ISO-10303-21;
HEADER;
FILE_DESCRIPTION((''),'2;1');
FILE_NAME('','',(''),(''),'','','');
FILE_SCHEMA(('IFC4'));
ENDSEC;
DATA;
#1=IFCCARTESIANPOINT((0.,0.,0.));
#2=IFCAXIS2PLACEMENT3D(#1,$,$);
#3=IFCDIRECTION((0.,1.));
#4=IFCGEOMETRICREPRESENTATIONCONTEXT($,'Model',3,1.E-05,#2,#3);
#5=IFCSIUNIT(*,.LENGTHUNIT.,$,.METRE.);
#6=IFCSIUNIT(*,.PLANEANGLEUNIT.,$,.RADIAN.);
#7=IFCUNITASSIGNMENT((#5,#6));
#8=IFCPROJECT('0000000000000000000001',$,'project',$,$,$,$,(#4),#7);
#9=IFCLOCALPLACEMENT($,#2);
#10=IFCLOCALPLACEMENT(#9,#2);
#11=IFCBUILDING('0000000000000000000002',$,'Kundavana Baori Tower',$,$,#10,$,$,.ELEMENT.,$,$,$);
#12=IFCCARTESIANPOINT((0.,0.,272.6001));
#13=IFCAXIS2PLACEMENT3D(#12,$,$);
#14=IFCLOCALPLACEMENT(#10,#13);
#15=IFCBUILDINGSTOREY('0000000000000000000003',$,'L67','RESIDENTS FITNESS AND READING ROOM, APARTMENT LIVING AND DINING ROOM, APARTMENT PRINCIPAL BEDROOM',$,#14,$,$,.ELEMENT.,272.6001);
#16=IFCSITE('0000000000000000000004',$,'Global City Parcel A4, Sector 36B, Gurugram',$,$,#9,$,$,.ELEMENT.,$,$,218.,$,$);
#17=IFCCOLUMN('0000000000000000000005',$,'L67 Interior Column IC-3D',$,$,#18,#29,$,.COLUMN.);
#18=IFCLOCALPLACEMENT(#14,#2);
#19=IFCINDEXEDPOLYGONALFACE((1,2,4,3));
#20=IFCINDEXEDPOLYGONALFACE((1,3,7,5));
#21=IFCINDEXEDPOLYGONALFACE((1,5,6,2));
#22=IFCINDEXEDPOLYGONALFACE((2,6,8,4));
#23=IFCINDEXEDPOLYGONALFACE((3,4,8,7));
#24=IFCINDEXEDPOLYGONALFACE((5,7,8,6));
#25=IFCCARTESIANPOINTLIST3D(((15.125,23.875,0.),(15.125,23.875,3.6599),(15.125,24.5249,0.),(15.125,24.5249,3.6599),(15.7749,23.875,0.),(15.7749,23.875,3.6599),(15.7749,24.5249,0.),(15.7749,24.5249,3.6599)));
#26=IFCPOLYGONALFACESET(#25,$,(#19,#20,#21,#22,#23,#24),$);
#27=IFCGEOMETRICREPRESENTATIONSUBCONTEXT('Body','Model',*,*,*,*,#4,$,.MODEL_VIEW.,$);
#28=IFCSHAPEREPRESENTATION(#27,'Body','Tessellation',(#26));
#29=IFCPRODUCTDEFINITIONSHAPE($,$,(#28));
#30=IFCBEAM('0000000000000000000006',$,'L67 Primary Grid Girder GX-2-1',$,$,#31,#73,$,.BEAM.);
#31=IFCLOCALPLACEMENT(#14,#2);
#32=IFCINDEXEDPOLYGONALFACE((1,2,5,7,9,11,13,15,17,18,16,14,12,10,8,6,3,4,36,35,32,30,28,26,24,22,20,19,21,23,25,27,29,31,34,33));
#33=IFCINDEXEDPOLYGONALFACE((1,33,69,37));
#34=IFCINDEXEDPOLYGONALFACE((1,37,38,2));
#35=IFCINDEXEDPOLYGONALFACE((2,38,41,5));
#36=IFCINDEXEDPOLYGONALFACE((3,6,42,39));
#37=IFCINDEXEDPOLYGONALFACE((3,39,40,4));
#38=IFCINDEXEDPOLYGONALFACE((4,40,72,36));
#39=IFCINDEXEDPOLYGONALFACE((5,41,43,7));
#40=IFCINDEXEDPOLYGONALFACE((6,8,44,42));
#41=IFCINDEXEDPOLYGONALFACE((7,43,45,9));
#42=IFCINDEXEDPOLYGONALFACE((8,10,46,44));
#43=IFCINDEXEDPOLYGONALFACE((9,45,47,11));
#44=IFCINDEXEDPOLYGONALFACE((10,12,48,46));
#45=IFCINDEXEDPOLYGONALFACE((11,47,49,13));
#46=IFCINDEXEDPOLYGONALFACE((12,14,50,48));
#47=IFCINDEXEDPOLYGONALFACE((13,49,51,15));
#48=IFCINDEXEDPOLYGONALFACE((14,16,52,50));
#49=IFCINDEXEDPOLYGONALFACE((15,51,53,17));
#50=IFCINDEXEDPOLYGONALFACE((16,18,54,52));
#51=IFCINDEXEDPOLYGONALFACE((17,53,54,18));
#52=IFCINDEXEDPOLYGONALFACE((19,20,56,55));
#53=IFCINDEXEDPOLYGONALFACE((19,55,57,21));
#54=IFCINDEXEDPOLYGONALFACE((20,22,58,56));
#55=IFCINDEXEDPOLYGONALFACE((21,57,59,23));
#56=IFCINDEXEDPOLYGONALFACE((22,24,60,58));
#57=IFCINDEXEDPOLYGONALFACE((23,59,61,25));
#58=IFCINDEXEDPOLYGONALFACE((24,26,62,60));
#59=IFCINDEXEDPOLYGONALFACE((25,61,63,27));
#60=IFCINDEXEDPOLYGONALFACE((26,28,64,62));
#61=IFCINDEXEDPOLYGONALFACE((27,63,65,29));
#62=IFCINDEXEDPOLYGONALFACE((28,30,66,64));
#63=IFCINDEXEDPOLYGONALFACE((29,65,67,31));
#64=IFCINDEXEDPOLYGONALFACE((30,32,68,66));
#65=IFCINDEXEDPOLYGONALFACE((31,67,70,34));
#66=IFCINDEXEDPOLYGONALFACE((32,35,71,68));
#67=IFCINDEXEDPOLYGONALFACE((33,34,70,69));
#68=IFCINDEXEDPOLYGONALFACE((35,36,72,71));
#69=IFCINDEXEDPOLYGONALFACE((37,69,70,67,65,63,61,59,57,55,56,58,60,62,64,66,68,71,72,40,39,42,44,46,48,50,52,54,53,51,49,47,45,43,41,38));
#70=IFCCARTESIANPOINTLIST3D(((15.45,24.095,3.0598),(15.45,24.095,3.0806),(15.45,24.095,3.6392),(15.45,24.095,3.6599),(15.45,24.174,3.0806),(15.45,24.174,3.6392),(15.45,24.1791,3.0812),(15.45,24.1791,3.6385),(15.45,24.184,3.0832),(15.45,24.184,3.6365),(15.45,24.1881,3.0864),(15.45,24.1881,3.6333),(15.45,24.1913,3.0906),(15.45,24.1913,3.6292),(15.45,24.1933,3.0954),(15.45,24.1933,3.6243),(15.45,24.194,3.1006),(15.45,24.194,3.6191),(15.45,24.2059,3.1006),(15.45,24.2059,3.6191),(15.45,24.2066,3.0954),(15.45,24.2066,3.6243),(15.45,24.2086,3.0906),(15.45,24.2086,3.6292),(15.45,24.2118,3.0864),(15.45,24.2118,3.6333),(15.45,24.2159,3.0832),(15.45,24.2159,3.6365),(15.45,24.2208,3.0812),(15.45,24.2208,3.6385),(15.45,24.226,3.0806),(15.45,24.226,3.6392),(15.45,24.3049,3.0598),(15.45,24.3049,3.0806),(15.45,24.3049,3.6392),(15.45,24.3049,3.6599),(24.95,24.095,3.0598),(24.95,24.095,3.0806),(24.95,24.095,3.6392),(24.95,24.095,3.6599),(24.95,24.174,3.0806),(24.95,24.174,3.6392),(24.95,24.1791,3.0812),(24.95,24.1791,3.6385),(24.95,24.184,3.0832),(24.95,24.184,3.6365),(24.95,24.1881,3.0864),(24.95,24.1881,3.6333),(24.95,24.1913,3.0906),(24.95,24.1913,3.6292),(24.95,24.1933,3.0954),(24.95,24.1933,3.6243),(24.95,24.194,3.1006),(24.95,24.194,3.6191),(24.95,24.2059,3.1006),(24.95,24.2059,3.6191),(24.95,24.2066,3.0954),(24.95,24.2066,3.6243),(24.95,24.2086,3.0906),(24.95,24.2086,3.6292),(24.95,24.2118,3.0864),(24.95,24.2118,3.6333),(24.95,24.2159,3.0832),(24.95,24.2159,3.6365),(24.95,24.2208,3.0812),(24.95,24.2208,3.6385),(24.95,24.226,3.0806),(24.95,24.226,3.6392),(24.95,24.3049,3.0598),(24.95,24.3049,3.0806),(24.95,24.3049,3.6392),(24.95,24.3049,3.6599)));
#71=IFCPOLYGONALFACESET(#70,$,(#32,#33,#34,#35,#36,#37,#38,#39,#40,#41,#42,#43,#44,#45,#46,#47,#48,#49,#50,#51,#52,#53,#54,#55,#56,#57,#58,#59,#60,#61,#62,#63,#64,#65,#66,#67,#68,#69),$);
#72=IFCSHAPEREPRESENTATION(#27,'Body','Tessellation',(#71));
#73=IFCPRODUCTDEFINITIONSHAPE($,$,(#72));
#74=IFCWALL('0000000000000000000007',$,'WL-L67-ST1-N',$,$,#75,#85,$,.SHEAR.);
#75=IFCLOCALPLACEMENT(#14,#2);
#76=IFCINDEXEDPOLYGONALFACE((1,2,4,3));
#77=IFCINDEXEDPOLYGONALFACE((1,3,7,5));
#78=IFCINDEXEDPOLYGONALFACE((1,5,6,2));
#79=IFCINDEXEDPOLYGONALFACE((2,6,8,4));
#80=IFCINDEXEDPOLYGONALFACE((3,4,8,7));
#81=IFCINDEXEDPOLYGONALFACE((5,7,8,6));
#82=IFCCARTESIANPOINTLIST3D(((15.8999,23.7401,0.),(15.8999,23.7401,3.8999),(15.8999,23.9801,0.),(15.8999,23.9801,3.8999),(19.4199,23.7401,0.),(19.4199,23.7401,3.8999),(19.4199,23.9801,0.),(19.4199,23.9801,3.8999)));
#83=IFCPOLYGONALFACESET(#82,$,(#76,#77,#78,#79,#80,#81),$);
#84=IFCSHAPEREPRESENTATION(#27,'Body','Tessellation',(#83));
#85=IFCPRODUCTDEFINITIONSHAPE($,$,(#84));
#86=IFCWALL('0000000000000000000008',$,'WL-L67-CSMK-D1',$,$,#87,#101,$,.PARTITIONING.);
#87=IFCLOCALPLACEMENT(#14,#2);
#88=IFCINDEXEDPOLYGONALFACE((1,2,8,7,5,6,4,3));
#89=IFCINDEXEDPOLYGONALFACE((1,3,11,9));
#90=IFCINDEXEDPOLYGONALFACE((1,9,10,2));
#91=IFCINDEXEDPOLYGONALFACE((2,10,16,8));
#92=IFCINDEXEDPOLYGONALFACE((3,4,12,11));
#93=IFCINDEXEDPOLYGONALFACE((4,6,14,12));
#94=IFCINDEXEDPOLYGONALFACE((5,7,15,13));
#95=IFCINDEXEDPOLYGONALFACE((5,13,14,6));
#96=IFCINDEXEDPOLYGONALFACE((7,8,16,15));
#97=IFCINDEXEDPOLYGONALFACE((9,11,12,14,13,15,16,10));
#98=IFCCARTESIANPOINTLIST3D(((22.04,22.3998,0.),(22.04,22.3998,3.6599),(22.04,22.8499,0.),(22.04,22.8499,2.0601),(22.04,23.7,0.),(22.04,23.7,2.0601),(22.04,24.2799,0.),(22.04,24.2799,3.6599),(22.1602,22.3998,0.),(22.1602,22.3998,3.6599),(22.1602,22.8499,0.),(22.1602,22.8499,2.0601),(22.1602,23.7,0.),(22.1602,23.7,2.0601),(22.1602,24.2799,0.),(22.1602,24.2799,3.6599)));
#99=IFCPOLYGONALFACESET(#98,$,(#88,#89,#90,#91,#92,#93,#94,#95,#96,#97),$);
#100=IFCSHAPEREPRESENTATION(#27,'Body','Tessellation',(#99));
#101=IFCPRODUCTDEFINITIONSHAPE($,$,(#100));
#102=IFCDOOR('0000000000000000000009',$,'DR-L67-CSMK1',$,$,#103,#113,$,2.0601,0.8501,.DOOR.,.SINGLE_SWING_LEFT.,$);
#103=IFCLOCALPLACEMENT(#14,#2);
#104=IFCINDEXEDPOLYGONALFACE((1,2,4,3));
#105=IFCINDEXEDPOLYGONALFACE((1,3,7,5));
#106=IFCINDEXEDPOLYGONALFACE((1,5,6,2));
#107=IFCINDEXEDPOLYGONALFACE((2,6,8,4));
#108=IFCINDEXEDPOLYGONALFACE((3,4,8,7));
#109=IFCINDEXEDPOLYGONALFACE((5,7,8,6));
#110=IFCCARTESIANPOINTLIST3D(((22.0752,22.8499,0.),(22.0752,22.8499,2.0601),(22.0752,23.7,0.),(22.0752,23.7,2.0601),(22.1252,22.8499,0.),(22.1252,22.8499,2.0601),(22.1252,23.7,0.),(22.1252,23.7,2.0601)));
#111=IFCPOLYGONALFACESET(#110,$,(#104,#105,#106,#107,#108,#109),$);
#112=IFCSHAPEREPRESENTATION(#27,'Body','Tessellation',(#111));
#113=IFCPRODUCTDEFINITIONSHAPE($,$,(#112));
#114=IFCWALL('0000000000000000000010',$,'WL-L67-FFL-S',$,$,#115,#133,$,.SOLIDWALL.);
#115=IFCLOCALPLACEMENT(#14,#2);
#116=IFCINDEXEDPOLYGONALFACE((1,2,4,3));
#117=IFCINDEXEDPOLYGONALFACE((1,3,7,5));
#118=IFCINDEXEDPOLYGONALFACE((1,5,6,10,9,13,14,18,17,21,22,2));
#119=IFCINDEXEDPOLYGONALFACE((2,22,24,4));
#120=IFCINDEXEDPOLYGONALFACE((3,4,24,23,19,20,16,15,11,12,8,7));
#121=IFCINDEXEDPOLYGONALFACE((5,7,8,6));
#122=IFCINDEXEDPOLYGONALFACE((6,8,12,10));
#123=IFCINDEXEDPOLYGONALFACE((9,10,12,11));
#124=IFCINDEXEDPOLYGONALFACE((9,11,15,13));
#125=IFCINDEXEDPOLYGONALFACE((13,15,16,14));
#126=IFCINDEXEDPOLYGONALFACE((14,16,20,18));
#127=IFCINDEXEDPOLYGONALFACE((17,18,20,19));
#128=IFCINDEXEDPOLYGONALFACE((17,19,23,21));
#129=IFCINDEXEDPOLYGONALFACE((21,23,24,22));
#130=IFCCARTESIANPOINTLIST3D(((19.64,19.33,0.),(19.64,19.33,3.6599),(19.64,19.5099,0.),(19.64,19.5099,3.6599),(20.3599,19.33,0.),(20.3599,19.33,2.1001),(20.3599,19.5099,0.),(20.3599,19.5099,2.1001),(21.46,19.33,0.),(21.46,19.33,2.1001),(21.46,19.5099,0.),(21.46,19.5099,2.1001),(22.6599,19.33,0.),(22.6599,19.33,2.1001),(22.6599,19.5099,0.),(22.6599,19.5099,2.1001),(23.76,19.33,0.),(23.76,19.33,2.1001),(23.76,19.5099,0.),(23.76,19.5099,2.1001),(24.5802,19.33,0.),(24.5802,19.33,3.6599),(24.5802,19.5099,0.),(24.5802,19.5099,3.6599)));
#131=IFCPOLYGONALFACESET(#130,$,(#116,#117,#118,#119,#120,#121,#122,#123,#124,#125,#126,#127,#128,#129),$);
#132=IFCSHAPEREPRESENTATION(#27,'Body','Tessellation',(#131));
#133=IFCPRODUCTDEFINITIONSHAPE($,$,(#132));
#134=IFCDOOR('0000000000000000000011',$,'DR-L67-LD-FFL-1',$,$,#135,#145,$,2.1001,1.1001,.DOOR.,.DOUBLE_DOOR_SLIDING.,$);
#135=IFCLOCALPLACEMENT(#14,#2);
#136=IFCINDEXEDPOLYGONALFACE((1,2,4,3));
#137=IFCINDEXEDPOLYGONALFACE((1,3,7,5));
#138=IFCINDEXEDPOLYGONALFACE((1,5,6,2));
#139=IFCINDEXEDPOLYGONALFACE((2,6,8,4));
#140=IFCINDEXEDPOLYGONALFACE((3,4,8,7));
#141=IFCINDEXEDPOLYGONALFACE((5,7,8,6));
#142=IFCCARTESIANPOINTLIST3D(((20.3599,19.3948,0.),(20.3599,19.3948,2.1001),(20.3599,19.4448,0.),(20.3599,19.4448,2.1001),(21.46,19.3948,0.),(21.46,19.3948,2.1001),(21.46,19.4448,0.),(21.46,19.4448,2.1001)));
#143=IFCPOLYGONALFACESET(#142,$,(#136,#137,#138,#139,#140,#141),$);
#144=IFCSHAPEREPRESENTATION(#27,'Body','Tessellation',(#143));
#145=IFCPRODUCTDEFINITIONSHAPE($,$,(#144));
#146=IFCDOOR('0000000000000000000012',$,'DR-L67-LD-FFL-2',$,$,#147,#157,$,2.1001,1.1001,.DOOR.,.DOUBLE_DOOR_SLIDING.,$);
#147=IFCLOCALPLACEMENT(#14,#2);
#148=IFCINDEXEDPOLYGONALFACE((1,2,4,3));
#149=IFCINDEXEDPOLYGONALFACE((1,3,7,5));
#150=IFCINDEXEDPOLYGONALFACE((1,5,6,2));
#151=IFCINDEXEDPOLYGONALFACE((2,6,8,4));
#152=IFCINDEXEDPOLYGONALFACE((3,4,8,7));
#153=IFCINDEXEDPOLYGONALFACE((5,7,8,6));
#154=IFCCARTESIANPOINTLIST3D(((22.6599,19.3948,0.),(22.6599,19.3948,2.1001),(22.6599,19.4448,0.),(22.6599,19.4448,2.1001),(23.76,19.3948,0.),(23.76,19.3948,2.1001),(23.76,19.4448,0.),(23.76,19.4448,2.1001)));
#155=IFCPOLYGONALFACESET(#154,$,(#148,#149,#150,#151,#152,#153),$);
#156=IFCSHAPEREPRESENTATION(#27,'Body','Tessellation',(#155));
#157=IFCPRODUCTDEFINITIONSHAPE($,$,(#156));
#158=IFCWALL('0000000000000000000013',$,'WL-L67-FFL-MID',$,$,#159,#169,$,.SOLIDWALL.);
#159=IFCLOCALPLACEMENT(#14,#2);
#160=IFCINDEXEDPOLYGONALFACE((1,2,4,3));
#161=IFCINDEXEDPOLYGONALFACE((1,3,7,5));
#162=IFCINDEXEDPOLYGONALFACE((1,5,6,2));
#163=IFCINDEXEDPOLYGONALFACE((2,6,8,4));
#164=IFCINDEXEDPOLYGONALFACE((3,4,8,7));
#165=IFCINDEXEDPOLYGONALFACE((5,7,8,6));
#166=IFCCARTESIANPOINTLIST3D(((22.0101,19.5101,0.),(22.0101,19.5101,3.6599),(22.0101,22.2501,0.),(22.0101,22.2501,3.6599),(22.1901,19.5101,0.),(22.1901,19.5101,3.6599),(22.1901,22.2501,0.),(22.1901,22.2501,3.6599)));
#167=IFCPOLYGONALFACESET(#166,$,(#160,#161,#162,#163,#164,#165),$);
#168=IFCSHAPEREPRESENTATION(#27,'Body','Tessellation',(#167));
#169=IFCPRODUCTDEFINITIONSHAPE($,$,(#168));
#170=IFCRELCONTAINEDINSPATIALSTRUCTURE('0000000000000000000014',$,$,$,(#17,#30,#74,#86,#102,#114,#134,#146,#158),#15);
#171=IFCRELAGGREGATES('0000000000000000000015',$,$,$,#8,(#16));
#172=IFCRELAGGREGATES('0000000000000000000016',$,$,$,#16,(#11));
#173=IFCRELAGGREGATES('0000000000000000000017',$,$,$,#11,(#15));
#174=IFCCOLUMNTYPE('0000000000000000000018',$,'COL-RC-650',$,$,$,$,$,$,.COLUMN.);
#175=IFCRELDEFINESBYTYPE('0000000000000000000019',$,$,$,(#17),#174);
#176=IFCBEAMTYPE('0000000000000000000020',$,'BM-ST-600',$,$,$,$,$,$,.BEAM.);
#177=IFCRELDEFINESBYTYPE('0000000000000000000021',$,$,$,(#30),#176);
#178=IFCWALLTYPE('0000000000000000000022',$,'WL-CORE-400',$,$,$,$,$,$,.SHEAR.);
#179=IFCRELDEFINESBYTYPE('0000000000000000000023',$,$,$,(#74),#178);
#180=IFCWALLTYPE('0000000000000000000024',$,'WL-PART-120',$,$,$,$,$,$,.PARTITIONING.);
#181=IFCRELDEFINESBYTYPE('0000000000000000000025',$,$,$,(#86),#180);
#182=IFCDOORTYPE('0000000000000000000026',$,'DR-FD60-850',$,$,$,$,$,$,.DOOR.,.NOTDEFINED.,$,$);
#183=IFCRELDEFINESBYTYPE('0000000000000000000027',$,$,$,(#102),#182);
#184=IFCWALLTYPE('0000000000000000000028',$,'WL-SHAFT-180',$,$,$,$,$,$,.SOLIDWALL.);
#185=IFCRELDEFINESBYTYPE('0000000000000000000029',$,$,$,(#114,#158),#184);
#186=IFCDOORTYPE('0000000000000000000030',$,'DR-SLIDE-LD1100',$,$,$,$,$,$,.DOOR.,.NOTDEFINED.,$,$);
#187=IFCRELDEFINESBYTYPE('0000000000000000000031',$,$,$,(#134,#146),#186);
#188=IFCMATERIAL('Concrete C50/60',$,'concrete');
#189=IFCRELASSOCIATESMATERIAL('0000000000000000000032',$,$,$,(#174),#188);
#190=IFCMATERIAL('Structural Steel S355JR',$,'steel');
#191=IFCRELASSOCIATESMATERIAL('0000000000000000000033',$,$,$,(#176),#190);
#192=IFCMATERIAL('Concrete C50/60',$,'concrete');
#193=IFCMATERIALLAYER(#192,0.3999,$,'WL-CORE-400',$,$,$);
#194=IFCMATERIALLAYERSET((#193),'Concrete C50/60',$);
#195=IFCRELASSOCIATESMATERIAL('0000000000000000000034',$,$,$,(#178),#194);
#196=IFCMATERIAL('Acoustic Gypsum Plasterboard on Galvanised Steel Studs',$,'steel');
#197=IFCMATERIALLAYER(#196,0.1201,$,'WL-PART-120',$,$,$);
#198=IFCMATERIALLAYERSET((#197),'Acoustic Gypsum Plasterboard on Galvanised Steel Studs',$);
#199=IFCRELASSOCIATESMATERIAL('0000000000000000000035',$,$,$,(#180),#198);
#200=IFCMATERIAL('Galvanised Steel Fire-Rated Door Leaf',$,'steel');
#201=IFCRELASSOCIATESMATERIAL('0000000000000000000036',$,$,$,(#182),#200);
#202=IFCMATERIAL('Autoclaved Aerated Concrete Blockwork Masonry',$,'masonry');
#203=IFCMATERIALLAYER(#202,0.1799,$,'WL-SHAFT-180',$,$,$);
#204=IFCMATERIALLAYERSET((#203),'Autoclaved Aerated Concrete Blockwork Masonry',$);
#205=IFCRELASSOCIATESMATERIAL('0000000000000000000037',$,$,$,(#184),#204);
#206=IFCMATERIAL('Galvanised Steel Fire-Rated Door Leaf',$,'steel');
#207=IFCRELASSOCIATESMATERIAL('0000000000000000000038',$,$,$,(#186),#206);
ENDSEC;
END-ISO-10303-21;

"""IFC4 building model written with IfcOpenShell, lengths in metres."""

from ifc_helpers import new_model, si_unit, direction, frame, frame_2d, origin, origin_2d, place, context, subcontext, project, spatial, rectangle, i_section, extrude, material, layer, layer_set, material_profile, profile_set, type_object, element, fill, save


model = new_model("IFC4")

# Units and contexts
model_context = context("Model", 3, precision=1e-05, world=origin(), true_north=direction((0.0, 1.0)))
body_context = subcontext(model_context, "Body", "Model", "MODEL_VIEW")
ifc_project = project(units=[si_unit("LENGTHUNIT", "METRE"), si_unit("PLANEANGLEUNIT", "RADIAN")], contexts=[model_context])

# Site, building, storey
site_placement = place(None, origin())
site = spatial("IfcSite", under=ifc_project, at=site_placement, Name="Global City Parcel A4, Sector 36B, Gurugram", CompositionType="ELEMENT", RefElevation=218.0)
building_placement = place(site_placement, origin())
building = spatial("IfcBuilding", under=site, at=building_placement, Name="Kundavana Baori Tower", CompositionType="ELEMENT")
storey_placement = place(building_placement, frame((0.0, 0.0, 272.6001)))
storey = spatial("IfcBuildingStorey", under=building, at=storey_placement, Name="L67", Description="RESIDENTS FITNESS AND READING ROOM, APARTMENT LIVING AND DINING ROOM, APARTMENT PRINCIPAL BEDROOM", CompositionType="ELEMENT", Elevation=272.6001)

# Column
ifc_material_1 = material(Name="Concrete C50/60", Category="concrete")
ifc_material_profile_1 = material_profile(ifc_material_1, rectangle(XDim=0.6499, YDim=0.6499, at=origin_2d()), Name="RC 650x650")
ifc_profile_set_1 = profile_set([ifc_material_profile_1], Name="Concrete C50/60")
column_type = type_object("IfcColumnType", Name="COL-RC-650", PredefinedType="COLUMN", material=ifc_profile_set_1)
column_placement = place(storey_placement, frame((15.45, 24.2, 0.0), z_axis=(0.0, 0.0, 1.0), x_axis=(1.0, 0.0, 0.0)))
element("IfcColumn", 1, at=column_placement, inside=storey, type_object=column_type, Name="L67 Interior Column IC-3D", PredefinedType="COLUMN", context=body_context, shape_type="SweptSolid", body=[
    extrude(rectangle(XDim=0.6499, YDim=0.6499, at=origin_2d()), origin(), (0.0, 0.0, 1.0), 3.6599),
])

# Beam
ifc_material_2 = material(Name="Structural Steel S355JR", Category="steel")
ifc_material_profile_2 = material_profile(ifc_material_2, i_section(OverallWidth=0.21, OverallDepth=0.6001, WebThickness=0.012, FlangeThickness=0.0208, FilletRadius=0.02, at=origin_2d()), Name="ISMB 600")
ifc_profile_set_2 = profile_set([ifc_material_profile_2], Name="Structural Steel S355JR")
beam_type = type_object("IfcBeamType", Name="BM-ST-600", PredefinedType="BEAM", material=ifc_profile_set_2)
beam_placement = place(storey_placement, frame((15.45, 24.2, 3.3599), z_axis=(1.0, 0.0, 0.0), x_axis=(0.0, 1.0, 0.0)))
element("IfcBeam", 2, at=beam_placement, inside=storey, type_object=beam_type, Name="L67 Primary Grid Girder GX-2-1", PredefinedType="BEAM", context=body_context, shape_type="SweptSolid", body=[
    extrude(i_section(OverallWidth=0.21, OverallDepth=0.6001, WebThickness=0.012, FlangeThickness=0.0208, FilletRadius=0.02, at=origin_2d()), origin(), (0.0, 0.0, 1.0), 9.5),
])

# Wall
ifc_material_3 = material(Name="Concrete C50/60", Category="concrete")
ifc_layer_1 = layer(ifc_material_3, 0.3999, Name="WL-CORE-400")
ifc_layer_set_1 = layer_set([ifc_layer_1], Name="Concrete C50/60")
wall_type_1 = type_object("IfcWallType", Name="WL-CORE-400", PredefinedType="SHEAR", material=ifc_layer_set_1)
wall_1_placement = place(storey_placement, frame((15.8999, 23.8601, 0.0), z_axis=(0.0, 0.0, 1.0), x_axis=(1.0, 0.0, 0.0)))
element("IfcWall", 3, at=wall_1_placement, inside=storey, type_object=wall_type_1, Name="WL-L67-ST1-N", PredefinedType="SHEAR", context=body_context, shape_type="SweptSolid", body=[
    extrude(rectangle(XDim=3.52, YDim=0.24, at=frame_2d((1.76, 0.0))), origin(), (0.0, 0.0, 1.0), 3.8999),
])

# Wall, opening, door
ifc_material_4 = material(Name="Acoustic Gypsum Plasterboard on Galvanised Steel Studs", Category="steel")
ifc_layer_2 = layer(ifc_material_4, 0.1201, Name="WL-PART-120")
ifc_layer_set_2 = layer_set([ifc_layer_2], Name="Acoustic Gypsum Plasterboard on Galvanised Steel Studs")
wall_type_2 = type_object("IfcWallType", Name="WL-PART-120", PredefinedType="PARTITIONING", material=ifc_layer_set_2)
wall_2_placement = place(storey_placement, frame((22.1001, 22.3999, 0.0), z_axis=(0.0, 0.0, 1.0), x_axis=(0.0, 1.0, 0.0)))
wall_2 = element("IfcWall", 4, at=wall_2_placement, inside=storey, type_object=wall_type_2, Name="WL-L67-CSMK-D1", PredefinedType="PARTITIONING", context=body_context, shape_type="SweptSolid", body=[
    extrude(rectangle(XDim=1.8801, YDim=0.1201, at=frame_2d((0.9399, 0.0))), origin(), (0.0, 0.0, 1.0), 3.6599),
])
opening_1_placement = place(wall_2_placement, frame((0.45, 0.0, 0.0)))
opening_1 = element("IfcOpeningElement", 5, at=opening_1_placement, cuts=wall_2, PredefinedType="OPENING", context=body_context, shape_type="SweptSolid", body=[
    extrude(rectangle(XDim=0.8501, YDim=2.0601, at=frame_2d((0.425, 1.03))), frame((0.0, 0.0701, 0.0), z_axis=(0.0, -1.0, 0.0), x_axis=(1.0, 0.0, 0.0)), (0.0, 0.0, 1.0), 0.1401),
])
ifc_material_5 = material(Name="Galvanised Steel Fire-Rated Door Leaf", Category="steel")
door_type_1 = type_object("IfcDoorType", Name="DR-FD60-850", OperationType="NOTDEFINED", PredefinedType="DOOR", material=ifc_material_5)
door_1_placement = place(opening_1_placement, origin())
door_1 = element("IfcDoor", 6, at=door_1_placement, inside=storey, type_object=door_type_1, Name="DR-L67-CSMK1", OperationType="SINGLE_SWING_LEFT", OverallHeight=2.0601, OverallWidth=0.8501, PredefinedType="DOOR", context=body_context, shape_type="SweptSolid", body=[
    extrude(rectangle(XDim=0.8501, YDim=2.0601, at=frame_2d((0.425, 1.03))), frame((0.0, 0.0249, 0.0), z_axis=(0.0, -1.0, 0.0), x_axis=(1.0, 0.0, 0.0)), (0.0, 0.0, 1.0), 0.05),
])
fill(opening_1, door_1)

# Wall, openings, doors
ifc_material_6 = material(Name="Autoclaved Aerated Concrete Blockwork Masonry", Category="masonry")
ifc_layer_3 = layer(ifc_material_6, 0.1799, Name="WL-SHAFT-180")
ifc_layer_set_3 = layer_set([ifc_layer_3], Name="Autoclaved Aerated Concrete Blockwork Masonry")
wall_type_3 = type_object("IfcWallType", Name="WL-SHAFT-180", PredefinedType="SOLIDWALL", material=ifc_layer_set_3)
wall_3_placement = place(storey_placement, frame((19.6399, 19.4199, 0.0), z_axis=(0.0, 0.0, 1.0), x_axis=(1.0, 0.0, 0.0)))
wall_3 = element("IfcWall", 7, at=wall_3_placement, inside=storey, type_object=wall_type_3, Name="WL-L67-FFL-S", PredefinedType="SOLIDWALL", context=body_context, shape_type="SweptSolid", body=[
    extrude(rectangle(XDim=4.9402, YDim=0.1799, at=frame_2d((2.4702, 0.0))), origin(), (0.0, 0.0, 1.0), 3.6599),
])
opening_2_placement = place(wall_3_placement, frame((0.72, 0.0, 0.0)))
opening_2 = element("IfcOpeningElement", 8, at=opening_2_placement, cuts=wall_3, PredefinedType="OPENING", context=body_context, shape_type="SweptSolid", body=[
    extrude(rectangle(XDim=1.1001, YDim=2.1001, at=frame_2d((0.55, 1.05))), frame((0.0, 0.1001, 0.0), z_axis=(0.0, -1.0, 0.0), x_axis=(1.0, 0.0, 0.0)), (0.0, 0.0, 1.0), 0.2),
])
opening_3_placement = place(wall_3_placement, frame((3.02, 0.0, 0.0)))
opening_3 = element("IfcOpeningElement", 9, at=opening_3_placement, cuts=wall_3, PredefinedType="OPENING", context=body_context, shape_type="SweptSolid", body=[
    extrude(rectangle(XDim=1.1001, YDim=2.1001, at=frame_2d((0.55, 1.05))), frame((0.0, 0.1001, 0.0), z_axis=(0.0, -1.0, 0.0), x_axis=(1.0, 0.0, 0.0)), (0.0, 0.0, 1.0), 0.2),
])
ifc_material_7 = material(Name="Galvanised Steel Fire-Rated Door Leaf", Category="steel")
door_type_2 = type_object("IfcDoorType", Name="DR-SLIDE-LD1100", OperationType="NOTDEFINED", PredefinedType="DOOR", material=ifc_material_7)
door_2_placement = place(opening_2_placement, origin())
door_2 = element("IfcDoor", 10, at=door_2_placement, inside=storey, type_object=door_type_2, Name="DR-L67-LD-FFL-1", OperationType="DOUBLE_DOOR_SLIDING", OverallHeight=2.1001, OverallWidth=1.1001, PredefinedType="DOOR", context=body_context, shape_type="SweptSolid", body=[
    extrude(rectangle(XDim=1.1001, YDim=2.1001, at=frame_2d((0.55, 1.05))), frame((0.0, 0.0249, 0.0), z_axis=(0.0, -1.0, 0.0), x_axis=(1.0, 0.0, 0.0)), (0.0, 0.0, 1.0), 0.05),
])
fill(opening_2, door_2)
door_3_placement = place(opening_3_placement, origin())
door_3 = element("IfcDoor", 11, at=door_3_placement, inside=storey, type_object=door_type_2, Name="DR-L67-LD-FFL-2", OperationType="DOUBLE_DOOR_SLIDING", OverallHeight=2.1001, OverallWidth=1.1001, PredefinedType="DOOR", context=body_context, shape_type="SweptSolid", body=[
    extrude(rectangle(XDim=1.1001, YDim=2.1001, at=frame_2d((0.55, 1.05))), frame((0.0, 0.0249, 0.0), z_axis=(0.0, -1.0, 0.0), x_axis=(1.0, 0.0, 0.0)), (0.0, 0.0, 1.0), 0.05),
])
fill(opening_3, door_3)

# Wall
wall_4_placement = place(storey_placement, frame((22.1001, 19.51, 0.0), z_axis=(0.0, 0.0, 1.0), x_axis=(0.0, 1.0, 0.0)))
element("IfcWall", 12, at=wall_4_placement, inside=storey, type_object=wall_type_3, Name="WL-L67-FFL-MID", PredefinedType="SOLIDWALL", context=body_context, shape_type="SweptSolid", body=[
    extrude(rectangle(XDim=2.74, YDim=0.1799, at=frame_2d((1.3701, 0.0))), origin(), (0.0, 0.0, 1.0), 3.6599),
])

save(model, "model.ifc")
